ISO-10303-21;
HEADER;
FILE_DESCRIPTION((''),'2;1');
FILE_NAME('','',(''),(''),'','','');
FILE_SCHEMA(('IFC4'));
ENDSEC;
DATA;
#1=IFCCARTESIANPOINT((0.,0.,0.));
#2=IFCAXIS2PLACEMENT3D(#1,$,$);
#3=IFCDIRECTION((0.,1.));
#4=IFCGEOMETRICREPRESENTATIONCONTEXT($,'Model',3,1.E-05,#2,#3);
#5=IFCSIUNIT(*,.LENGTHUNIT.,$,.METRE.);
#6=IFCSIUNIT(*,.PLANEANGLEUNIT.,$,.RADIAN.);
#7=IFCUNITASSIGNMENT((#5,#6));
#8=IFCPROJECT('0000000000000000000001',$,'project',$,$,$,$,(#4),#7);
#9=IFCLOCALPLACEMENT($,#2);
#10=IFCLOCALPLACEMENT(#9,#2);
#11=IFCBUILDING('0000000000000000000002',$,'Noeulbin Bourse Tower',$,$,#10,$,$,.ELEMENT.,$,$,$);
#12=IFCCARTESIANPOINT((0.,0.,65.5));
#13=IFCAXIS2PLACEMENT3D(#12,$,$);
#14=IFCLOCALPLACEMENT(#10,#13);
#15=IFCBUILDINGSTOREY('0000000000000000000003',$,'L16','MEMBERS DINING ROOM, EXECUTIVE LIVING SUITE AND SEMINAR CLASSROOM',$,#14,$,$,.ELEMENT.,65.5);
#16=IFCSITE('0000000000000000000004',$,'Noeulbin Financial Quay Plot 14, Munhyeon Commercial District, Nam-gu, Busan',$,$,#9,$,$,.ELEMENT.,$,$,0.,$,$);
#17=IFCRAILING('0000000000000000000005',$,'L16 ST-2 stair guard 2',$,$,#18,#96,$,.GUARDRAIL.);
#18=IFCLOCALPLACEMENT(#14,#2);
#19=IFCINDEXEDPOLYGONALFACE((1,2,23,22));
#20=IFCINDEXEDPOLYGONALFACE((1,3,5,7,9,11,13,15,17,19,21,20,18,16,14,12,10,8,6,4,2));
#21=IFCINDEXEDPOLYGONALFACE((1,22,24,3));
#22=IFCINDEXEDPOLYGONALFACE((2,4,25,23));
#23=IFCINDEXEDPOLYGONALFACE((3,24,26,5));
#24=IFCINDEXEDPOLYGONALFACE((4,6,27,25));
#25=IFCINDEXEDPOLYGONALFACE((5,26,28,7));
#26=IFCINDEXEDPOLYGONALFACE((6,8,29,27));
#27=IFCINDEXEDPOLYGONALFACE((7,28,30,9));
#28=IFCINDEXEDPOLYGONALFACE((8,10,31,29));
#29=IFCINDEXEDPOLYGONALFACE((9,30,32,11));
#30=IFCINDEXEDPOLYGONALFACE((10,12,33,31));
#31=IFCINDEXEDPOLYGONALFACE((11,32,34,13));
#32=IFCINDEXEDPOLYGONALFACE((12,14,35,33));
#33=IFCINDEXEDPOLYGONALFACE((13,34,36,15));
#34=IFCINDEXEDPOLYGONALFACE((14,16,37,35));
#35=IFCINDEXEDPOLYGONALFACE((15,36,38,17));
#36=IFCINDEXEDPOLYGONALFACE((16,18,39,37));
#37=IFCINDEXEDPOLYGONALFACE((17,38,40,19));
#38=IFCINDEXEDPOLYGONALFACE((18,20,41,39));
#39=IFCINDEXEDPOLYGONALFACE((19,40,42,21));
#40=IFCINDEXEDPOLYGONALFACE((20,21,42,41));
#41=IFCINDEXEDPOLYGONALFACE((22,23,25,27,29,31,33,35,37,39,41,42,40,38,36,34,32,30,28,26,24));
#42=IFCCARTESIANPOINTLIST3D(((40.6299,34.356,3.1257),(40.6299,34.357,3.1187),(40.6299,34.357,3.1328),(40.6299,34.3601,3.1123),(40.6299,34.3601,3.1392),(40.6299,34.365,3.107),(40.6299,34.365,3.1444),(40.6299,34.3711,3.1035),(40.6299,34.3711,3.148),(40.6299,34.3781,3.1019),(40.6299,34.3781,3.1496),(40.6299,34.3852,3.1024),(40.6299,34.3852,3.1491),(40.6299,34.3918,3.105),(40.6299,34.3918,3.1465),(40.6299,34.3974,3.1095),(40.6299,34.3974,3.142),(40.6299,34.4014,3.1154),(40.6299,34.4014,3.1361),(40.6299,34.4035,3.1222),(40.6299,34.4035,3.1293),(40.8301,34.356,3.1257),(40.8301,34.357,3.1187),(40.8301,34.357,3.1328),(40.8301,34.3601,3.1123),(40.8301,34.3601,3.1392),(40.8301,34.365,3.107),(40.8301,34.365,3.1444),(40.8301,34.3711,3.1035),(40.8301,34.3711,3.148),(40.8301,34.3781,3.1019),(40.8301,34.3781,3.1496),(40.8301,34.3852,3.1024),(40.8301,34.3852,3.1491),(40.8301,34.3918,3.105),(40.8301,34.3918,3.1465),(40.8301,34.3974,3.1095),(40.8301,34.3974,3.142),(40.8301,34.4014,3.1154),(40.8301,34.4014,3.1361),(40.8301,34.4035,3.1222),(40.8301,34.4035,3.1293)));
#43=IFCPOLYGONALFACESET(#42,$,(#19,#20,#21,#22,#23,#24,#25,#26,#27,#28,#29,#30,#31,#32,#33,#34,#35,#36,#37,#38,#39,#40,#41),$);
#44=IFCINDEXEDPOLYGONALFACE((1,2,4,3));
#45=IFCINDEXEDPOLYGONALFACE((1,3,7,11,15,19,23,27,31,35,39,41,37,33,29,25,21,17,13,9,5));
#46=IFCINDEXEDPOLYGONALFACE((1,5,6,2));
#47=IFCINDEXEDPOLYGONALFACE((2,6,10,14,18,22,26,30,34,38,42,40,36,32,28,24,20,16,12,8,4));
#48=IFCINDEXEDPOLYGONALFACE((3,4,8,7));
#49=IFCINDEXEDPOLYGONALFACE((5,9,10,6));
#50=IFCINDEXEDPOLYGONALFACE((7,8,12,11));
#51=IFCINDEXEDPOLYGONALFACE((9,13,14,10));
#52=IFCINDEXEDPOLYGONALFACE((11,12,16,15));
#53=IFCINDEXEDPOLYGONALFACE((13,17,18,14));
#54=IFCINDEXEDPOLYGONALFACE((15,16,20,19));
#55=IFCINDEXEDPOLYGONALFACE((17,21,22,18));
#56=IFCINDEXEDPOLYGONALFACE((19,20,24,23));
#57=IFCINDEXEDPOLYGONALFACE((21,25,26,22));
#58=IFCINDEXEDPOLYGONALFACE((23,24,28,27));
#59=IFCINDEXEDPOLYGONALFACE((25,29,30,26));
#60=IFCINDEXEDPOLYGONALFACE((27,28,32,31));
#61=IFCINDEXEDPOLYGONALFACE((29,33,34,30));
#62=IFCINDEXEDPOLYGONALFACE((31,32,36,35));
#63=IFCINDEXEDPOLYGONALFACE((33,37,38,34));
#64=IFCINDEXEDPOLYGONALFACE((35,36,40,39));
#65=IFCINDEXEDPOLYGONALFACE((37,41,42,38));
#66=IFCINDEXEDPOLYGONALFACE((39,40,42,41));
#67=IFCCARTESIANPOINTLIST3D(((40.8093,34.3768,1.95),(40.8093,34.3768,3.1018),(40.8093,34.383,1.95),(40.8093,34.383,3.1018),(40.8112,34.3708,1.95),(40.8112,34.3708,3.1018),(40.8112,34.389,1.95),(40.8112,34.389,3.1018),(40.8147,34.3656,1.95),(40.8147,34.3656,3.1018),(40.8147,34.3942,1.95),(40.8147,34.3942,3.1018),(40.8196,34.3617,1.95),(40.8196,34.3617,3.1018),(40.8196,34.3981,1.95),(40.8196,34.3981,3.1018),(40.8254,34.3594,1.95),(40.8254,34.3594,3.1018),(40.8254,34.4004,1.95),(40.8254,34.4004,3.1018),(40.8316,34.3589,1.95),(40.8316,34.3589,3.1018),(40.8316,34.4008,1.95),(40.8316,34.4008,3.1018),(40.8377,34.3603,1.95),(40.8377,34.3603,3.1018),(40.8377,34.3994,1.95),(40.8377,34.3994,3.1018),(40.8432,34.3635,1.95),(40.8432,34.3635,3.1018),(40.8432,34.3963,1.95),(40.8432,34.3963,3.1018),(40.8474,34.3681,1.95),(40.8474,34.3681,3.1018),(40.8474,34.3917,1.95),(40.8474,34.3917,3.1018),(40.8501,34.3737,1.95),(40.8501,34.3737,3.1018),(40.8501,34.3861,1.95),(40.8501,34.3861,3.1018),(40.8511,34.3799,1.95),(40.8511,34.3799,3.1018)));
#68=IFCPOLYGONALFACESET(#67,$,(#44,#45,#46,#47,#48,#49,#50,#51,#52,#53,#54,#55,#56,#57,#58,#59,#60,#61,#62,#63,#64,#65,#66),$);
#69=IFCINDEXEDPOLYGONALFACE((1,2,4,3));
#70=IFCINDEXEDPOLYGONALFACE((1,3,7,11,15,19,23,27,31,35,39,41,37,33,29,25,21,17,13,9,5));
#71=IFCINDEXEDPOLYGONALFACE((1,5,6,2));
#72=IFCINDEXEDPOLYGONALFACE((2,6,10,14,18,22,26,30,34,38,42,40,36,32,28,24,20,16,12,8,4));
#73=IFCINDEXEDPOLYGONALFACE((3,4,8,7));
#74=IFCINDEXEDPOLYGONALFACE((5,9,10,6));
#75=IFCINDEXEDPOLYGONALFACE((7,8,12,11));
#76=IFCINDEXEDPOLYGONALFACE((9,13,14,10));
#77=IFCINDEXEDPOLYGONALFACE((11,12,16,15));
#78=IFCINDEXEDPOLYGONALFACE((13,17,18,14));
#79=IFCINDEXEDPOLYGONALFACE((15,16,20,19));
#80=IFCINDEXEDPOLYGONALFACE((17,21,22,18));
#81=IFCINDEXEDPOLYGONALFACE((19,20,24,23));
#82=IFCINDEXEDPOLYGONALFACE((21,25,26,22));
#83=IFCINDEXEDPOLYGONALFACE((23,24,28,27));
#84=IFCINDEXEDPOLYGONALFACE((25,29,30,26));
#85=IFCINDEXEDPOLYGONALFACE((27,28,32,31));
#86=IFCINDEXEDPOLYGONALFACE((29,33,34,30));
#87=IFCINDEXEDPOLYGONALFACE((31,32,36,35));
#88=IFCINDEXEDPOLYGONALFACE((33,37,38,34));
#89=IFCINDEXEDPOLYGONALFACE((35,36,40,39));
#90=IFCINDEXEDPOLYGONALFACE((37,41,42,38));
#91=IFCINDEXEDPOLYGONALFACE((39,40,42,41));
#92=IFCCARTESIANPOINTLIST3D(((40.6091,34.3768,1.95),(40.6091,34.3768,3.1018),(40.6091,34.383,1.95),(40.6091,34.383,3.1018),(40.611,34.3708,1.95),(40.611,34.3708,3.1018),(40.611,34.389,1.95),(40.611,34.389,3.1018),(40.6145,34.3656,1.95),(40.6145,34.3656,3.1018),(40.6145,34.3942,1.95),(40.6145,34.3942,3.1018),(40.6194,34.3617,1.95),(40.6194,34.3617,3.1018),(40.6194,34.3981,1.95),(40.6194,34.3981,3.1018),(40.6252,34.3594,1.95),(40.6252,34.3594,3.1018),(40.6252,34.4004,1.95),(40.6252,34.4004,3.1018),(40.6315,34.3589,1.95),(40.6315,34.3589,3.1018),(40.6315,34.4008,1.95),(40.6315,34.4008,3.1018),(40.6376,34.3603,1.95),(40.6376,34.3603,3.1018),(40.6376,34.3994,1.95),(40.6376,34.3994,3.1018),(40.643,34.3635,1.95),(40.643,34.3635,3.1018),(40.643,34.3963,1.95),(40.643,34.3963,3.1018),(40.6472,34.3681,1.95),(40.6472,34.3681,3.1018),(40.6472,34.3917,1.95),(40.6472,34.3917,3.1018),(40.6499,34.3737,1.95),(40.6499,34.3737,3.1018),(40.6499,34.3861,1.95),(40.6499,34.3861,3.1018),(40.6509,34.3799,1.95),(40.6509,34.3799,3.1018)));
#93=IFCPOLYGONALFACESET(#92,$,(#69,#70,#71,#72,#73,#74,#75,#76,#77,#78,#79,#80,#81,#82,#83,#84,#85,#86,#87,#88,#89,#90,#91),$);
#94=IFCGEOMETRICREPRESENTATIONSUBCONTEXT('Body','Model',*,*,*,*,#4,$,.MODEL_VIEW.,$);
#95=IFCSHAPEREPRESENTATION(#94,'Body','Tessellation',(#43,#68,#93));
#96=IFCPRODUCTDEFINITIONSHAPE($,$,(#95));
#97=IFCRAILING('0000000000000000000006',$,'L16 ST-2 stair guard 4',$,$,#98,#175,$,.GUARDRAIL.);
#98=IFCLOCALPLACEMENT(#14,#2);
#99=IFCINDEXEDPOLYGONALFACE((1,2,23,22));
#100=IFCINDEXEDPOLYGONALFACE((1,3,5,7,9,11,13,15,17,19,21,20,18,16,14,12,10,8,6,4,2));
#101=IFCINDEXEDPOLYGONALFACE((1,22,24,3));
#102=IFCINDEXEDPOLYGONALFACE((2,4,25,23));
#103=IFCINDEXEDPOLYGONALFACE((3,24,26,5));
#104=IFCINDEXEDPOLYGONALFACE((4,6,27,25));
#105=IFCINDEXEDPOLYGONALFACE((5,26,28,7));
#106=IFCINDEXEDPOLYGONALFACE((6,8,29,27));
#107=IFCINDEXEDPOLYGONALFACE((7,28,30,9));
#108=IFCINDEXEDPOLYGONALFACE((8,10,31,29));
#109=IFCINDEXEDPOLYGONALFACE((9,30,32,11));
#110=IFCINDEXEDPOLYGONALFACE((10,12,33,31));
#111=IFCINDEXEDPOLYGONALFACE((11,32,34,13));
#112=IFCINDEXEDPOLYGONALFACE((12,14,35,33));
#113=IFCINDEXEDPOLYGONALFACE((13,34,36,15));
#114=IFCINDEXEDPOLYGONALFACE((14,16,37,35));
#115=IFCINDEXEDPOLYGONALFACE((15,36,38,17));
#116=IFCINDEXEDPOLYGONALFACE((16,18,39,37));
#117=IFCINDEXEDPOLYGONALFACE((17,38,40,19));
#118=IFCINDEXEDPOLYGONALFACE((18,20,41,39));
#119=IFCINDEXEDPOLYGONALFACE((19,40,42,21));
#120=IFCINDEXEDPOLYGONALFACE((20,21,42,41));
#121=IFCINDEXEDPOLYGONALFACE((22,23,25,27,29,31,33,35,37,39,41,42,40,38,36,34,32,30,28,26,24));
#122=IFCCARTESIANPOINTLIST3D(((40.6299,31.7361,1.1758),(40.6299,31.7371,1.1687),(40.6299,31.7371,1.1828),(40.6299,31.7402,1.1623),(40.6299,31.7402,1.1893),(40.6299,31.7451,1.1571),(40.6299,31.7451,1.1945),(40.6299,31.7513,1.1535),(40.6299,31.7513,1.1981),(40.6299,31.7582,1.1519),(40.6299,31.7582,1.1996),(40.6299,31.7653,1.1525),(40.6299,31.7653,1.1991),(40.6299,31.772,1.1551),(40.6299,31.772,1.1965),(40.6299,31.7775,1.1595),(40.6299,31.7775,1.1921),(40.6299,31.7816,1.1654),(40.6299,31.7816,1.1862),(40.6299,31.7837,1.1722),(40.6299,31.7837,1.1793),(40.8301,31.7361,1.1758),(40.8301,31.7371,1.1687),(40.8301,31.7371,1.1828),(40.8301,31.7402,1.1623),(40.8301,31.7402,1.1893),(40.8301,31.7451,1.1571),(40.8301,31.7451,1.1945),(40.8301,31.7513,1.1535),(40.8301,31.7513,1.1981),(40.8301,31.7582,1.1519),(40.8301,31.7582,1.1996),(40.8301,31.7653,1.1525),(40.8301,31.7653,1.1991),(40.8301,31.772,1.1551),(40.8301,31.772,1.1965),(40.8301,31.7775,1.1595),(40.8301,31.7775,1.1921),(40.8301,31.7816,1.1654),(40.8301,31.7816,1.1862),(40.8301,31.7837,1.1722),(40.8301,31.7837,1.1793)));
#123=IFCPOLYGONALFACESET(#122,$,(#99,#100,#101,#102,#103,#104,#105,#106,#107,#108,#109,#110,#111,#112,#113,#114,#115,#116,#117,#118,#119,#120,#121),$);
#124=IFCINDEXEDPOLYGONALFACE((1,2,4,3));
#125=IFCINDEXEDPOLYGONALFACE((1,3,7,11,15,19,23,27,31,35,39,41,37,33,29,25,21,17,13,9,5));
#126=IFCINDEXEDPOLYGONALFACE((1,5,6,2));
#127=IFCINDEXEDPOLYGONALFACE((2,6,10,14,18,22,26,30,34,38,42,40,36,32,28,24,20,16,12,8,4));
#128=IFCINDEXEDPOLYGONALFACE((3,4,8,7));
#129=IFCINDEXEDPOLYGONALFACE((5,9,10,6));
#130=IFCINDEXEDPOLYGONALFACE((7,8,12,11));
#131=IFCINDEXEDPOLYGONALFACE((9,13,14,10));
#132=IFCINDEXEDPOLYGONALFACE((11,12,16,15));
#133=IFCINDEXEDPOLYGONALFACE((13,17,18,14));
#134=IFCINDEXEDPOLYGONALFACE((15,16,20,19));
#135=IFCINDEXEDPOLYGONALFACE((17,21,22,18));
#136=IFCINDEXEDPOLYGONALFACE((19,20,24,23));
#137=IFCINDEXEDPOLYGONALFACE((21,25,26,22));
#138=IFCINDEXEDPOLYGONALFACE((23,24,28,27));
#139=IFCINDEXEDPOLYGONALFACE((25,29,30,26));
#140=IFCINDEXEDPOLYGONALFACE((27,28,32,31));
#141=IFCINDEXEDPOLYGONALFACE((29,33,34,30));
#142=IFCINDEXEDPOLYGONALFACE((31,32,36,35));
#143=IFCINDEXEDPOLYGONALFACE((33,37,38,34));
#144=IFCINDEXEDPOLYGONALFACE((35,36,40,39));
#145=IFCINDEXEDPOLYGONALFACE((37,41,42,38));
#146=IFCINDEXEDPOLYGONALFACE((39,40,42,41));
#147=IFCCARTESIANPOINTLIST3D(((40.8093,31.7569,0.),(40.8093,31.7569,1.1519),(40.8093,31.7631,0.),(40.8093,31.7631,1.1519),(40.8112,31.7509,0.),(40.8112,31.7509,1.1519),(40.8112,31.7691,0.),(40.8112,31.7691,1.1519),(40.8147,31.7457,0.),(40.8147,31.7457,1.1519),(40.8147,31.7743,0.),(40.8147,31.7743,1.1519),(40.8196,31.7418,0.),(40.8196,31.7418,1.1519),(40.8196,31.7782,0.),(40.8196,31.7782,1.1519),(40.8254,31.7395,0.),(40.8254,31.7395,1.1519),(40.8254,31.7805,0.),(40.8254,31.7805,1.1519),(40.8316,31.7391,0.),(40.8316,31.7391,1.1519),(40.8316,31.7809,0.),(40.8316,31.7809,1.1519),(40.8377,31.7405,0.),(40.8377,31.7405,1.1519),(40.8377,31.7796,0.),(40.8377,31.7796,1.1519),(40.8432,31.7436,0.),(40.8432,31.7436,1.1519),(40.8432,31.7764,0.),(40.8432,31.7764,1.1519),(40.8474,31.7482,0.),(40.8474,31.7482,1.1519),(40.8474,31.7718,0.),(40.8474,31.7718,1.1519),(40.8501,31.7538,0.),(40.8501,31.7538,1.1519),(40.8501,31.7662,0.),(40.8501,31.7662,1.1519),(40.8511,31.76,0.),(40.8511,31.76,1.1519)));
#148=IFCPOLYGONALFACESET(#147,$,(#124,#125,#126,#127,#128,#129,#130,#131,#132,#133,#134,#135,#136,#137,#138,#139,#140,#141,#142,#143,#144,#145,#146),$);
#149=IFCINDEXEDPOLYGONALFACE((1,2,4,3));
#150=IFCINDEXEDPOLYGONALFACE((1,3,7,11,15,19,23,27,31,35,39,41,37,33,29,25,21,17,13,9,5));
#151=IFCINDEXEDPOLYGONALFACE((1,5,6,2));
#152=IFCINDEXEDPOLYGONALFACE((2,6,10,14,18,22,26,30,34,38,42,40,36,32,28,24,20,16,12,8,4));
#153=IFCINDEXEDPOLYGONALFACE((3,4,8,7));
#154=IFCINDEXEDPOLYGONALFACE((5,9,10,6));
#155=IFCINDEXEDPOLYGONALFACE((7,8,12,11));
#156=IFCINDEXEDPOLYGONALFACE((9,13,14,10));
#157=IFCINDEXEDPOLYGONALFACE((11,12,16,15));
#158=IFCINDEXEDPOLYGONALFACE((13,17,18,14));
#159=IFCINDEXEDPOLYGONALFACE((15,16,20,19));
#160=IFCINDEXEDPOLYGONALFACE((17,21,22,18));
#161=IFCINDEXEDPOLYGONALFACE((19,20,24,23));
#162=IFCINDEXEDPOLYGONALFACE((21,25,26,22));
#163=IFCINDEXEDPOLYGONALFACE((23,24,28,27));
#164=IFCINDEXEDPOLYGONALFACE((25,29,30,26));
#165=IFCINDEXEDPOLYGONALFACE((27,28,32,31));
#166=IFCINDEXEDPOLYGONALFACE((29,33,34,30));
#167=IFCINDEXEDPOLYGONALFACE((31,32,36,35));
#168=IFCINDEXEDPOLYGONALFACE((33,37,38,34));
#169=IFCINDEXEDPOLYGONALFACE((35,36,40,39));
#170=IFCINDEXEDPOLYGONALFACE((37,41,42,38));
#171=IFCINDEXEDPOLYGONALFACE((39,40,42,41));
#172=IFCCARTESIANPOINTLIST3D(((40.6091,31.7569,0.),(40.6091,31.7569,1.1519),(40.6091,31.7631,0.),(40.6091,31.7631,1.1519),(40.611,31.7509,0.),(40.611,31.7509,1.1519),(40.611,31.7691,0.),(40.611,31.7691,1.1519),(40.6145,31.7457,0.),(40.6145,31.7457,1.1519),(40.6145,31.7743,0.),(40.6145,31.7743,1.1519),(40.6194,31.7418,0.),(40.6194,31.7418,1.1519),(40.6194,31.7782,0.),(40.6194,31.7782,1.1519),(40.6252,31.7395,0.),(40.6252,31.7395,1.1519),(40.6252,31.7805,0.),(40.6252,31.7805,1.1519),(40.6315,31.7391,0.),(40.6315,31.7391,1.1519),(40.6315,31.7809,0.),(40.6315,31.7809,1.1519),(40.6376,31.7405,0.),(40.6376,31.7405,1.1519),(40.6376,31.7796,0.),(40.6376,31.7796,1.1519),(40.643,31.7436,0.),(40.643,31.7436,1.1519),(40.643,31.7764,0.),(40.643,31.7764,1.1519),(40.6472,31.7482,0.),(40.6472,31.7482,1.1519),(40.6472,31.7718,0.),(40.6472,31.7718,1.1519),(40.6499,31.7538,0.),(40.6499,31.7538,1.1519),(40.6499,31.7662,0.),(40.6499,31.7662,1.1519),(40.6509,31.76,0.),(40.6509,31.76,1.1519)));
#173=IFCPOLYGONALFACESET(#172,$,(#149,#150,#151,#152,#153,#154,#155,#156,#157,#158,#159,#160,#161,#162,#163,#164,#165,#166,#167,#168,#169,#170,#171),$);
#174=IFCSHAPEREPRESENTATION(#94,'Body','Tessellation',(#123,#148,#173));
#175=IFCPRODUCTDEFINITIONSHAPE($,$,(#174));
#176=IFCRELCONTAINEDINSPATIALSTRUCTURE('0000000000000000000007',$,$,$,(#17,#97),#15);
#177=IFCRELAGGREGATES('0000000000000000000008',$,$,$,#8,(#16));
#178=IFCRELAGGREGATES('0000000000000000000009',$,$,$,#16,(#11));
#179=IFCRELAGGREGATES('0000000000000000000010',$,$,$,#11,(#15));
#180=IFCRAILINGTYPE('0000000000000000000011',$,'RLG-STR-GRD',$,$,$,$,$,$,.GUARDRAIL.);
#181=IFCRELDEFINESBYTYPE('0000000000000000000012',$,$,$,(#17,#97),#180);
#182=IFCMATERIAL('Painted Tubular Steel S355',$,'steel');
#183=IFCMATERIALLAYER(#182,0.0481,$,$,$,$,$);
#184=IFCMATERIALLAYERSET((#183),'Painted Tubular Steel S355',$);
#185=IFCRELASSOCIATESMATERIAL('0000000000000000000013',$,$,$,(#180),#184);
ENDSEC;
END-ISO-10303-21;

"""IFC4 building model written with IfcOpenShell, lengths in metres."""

from ifc_helpers import new_model, si_unit, direction, frame, origin, origin_2d, place, context, subcontext, project, spatial, circle, extrude, material, layer, layer_set, type_object, element, save


model = new_model("IFC4")

# Units and contexts
model_context = context("Model", 3, precision=1e-05, world=origin(), true_north=direction((0.0, 1.0)))
body_context = subcontext(model_context, "Body", "Model", "MODEL_VIEW")
ifc_project = project(units=[si_unit("LENGTHUNIT", "METRE"), si_unit("PLANEANGLEUNIT", "RADIAN")], contexts=[model_context])

# Site, building, storey
site_placement = place(None, origin())
site = spatial("IfcSite", under=ifc_project, at=site_placement, Name="Noeulbin Financial Quay Plot 14, Munhyeon Commercial District, Nam-gu, Busan", CompositionType="ELEMENT", RefElevation=0.0)
building_placement = place(site_placement, origin())
building = spatial("IfcBuilding", under=site, at=building_placement, Name="Noeulbin Bourse Tower", CompositionType="ELEMENT")
storey_placement = place(building_placement, frame((0.0, 0.0, 65.5)))
storey = spatial("IfcBuildingStorey", under=building, at=storey_placement, Name="L16", Description="MEMBERS DINING ROOM, EXECUTIVE LIVING SUITE AND SEMINAR CLASSROOM", CompositionType="ELEMENT", Elevation=65.5)

# Railings
ifc_material_1 = material(Name="Painted Tubular Steel S355", Category="steel")
ifc_layer_1 = layer(ifc_material_1, 0.0481)
ifc_layer_set_1 = layer_set([ifc_layer_1], Name="Painted Tubular Steel S355")
railing_type_1 = type_object("IfcRailingType", Name="RLG-STR-GRD", PredefinedType="GUARDRAIL", material=ifc_layer_set_1)
for number, where, name in (
    (1, (40.8301, 34.3799, 1.95), "L16 ST-2 stair guard 2"),
    (2, (40.8301, 31.76, 0.0), "L16 ST-2 stair guard 4"),
):
    element("IfcRailing", number, at=place(storey_placement, frame(where)), inside=storey, type_object=railing_type_1, Name=name, PredefinedType="GUARDRAIL", context=body_context, shape_type="SweptSolid", body=[
        extrude(circle(Radius=0.0239, at=origin_2d()), frame((0.0, 0.0, 1.1758), z_axis=(-1.0, 0.0, 0.0), x_axis=(0.0, -1.0, 0.0)), (0.0, 0.0, 1.0), 0.2002),
        extrude(circle(Radius=0.021, at=origin_2d()), origin(), (0.0, 0.0, 1.0), 1.1519),
        extrude(circle(Radius=0.021, at=origin_2d()), frame((-0.2002, 0.0, 0.0)), (0.0, 0.0, 1.0), 1.1519),
    ])

save(model, "model.ifc")
